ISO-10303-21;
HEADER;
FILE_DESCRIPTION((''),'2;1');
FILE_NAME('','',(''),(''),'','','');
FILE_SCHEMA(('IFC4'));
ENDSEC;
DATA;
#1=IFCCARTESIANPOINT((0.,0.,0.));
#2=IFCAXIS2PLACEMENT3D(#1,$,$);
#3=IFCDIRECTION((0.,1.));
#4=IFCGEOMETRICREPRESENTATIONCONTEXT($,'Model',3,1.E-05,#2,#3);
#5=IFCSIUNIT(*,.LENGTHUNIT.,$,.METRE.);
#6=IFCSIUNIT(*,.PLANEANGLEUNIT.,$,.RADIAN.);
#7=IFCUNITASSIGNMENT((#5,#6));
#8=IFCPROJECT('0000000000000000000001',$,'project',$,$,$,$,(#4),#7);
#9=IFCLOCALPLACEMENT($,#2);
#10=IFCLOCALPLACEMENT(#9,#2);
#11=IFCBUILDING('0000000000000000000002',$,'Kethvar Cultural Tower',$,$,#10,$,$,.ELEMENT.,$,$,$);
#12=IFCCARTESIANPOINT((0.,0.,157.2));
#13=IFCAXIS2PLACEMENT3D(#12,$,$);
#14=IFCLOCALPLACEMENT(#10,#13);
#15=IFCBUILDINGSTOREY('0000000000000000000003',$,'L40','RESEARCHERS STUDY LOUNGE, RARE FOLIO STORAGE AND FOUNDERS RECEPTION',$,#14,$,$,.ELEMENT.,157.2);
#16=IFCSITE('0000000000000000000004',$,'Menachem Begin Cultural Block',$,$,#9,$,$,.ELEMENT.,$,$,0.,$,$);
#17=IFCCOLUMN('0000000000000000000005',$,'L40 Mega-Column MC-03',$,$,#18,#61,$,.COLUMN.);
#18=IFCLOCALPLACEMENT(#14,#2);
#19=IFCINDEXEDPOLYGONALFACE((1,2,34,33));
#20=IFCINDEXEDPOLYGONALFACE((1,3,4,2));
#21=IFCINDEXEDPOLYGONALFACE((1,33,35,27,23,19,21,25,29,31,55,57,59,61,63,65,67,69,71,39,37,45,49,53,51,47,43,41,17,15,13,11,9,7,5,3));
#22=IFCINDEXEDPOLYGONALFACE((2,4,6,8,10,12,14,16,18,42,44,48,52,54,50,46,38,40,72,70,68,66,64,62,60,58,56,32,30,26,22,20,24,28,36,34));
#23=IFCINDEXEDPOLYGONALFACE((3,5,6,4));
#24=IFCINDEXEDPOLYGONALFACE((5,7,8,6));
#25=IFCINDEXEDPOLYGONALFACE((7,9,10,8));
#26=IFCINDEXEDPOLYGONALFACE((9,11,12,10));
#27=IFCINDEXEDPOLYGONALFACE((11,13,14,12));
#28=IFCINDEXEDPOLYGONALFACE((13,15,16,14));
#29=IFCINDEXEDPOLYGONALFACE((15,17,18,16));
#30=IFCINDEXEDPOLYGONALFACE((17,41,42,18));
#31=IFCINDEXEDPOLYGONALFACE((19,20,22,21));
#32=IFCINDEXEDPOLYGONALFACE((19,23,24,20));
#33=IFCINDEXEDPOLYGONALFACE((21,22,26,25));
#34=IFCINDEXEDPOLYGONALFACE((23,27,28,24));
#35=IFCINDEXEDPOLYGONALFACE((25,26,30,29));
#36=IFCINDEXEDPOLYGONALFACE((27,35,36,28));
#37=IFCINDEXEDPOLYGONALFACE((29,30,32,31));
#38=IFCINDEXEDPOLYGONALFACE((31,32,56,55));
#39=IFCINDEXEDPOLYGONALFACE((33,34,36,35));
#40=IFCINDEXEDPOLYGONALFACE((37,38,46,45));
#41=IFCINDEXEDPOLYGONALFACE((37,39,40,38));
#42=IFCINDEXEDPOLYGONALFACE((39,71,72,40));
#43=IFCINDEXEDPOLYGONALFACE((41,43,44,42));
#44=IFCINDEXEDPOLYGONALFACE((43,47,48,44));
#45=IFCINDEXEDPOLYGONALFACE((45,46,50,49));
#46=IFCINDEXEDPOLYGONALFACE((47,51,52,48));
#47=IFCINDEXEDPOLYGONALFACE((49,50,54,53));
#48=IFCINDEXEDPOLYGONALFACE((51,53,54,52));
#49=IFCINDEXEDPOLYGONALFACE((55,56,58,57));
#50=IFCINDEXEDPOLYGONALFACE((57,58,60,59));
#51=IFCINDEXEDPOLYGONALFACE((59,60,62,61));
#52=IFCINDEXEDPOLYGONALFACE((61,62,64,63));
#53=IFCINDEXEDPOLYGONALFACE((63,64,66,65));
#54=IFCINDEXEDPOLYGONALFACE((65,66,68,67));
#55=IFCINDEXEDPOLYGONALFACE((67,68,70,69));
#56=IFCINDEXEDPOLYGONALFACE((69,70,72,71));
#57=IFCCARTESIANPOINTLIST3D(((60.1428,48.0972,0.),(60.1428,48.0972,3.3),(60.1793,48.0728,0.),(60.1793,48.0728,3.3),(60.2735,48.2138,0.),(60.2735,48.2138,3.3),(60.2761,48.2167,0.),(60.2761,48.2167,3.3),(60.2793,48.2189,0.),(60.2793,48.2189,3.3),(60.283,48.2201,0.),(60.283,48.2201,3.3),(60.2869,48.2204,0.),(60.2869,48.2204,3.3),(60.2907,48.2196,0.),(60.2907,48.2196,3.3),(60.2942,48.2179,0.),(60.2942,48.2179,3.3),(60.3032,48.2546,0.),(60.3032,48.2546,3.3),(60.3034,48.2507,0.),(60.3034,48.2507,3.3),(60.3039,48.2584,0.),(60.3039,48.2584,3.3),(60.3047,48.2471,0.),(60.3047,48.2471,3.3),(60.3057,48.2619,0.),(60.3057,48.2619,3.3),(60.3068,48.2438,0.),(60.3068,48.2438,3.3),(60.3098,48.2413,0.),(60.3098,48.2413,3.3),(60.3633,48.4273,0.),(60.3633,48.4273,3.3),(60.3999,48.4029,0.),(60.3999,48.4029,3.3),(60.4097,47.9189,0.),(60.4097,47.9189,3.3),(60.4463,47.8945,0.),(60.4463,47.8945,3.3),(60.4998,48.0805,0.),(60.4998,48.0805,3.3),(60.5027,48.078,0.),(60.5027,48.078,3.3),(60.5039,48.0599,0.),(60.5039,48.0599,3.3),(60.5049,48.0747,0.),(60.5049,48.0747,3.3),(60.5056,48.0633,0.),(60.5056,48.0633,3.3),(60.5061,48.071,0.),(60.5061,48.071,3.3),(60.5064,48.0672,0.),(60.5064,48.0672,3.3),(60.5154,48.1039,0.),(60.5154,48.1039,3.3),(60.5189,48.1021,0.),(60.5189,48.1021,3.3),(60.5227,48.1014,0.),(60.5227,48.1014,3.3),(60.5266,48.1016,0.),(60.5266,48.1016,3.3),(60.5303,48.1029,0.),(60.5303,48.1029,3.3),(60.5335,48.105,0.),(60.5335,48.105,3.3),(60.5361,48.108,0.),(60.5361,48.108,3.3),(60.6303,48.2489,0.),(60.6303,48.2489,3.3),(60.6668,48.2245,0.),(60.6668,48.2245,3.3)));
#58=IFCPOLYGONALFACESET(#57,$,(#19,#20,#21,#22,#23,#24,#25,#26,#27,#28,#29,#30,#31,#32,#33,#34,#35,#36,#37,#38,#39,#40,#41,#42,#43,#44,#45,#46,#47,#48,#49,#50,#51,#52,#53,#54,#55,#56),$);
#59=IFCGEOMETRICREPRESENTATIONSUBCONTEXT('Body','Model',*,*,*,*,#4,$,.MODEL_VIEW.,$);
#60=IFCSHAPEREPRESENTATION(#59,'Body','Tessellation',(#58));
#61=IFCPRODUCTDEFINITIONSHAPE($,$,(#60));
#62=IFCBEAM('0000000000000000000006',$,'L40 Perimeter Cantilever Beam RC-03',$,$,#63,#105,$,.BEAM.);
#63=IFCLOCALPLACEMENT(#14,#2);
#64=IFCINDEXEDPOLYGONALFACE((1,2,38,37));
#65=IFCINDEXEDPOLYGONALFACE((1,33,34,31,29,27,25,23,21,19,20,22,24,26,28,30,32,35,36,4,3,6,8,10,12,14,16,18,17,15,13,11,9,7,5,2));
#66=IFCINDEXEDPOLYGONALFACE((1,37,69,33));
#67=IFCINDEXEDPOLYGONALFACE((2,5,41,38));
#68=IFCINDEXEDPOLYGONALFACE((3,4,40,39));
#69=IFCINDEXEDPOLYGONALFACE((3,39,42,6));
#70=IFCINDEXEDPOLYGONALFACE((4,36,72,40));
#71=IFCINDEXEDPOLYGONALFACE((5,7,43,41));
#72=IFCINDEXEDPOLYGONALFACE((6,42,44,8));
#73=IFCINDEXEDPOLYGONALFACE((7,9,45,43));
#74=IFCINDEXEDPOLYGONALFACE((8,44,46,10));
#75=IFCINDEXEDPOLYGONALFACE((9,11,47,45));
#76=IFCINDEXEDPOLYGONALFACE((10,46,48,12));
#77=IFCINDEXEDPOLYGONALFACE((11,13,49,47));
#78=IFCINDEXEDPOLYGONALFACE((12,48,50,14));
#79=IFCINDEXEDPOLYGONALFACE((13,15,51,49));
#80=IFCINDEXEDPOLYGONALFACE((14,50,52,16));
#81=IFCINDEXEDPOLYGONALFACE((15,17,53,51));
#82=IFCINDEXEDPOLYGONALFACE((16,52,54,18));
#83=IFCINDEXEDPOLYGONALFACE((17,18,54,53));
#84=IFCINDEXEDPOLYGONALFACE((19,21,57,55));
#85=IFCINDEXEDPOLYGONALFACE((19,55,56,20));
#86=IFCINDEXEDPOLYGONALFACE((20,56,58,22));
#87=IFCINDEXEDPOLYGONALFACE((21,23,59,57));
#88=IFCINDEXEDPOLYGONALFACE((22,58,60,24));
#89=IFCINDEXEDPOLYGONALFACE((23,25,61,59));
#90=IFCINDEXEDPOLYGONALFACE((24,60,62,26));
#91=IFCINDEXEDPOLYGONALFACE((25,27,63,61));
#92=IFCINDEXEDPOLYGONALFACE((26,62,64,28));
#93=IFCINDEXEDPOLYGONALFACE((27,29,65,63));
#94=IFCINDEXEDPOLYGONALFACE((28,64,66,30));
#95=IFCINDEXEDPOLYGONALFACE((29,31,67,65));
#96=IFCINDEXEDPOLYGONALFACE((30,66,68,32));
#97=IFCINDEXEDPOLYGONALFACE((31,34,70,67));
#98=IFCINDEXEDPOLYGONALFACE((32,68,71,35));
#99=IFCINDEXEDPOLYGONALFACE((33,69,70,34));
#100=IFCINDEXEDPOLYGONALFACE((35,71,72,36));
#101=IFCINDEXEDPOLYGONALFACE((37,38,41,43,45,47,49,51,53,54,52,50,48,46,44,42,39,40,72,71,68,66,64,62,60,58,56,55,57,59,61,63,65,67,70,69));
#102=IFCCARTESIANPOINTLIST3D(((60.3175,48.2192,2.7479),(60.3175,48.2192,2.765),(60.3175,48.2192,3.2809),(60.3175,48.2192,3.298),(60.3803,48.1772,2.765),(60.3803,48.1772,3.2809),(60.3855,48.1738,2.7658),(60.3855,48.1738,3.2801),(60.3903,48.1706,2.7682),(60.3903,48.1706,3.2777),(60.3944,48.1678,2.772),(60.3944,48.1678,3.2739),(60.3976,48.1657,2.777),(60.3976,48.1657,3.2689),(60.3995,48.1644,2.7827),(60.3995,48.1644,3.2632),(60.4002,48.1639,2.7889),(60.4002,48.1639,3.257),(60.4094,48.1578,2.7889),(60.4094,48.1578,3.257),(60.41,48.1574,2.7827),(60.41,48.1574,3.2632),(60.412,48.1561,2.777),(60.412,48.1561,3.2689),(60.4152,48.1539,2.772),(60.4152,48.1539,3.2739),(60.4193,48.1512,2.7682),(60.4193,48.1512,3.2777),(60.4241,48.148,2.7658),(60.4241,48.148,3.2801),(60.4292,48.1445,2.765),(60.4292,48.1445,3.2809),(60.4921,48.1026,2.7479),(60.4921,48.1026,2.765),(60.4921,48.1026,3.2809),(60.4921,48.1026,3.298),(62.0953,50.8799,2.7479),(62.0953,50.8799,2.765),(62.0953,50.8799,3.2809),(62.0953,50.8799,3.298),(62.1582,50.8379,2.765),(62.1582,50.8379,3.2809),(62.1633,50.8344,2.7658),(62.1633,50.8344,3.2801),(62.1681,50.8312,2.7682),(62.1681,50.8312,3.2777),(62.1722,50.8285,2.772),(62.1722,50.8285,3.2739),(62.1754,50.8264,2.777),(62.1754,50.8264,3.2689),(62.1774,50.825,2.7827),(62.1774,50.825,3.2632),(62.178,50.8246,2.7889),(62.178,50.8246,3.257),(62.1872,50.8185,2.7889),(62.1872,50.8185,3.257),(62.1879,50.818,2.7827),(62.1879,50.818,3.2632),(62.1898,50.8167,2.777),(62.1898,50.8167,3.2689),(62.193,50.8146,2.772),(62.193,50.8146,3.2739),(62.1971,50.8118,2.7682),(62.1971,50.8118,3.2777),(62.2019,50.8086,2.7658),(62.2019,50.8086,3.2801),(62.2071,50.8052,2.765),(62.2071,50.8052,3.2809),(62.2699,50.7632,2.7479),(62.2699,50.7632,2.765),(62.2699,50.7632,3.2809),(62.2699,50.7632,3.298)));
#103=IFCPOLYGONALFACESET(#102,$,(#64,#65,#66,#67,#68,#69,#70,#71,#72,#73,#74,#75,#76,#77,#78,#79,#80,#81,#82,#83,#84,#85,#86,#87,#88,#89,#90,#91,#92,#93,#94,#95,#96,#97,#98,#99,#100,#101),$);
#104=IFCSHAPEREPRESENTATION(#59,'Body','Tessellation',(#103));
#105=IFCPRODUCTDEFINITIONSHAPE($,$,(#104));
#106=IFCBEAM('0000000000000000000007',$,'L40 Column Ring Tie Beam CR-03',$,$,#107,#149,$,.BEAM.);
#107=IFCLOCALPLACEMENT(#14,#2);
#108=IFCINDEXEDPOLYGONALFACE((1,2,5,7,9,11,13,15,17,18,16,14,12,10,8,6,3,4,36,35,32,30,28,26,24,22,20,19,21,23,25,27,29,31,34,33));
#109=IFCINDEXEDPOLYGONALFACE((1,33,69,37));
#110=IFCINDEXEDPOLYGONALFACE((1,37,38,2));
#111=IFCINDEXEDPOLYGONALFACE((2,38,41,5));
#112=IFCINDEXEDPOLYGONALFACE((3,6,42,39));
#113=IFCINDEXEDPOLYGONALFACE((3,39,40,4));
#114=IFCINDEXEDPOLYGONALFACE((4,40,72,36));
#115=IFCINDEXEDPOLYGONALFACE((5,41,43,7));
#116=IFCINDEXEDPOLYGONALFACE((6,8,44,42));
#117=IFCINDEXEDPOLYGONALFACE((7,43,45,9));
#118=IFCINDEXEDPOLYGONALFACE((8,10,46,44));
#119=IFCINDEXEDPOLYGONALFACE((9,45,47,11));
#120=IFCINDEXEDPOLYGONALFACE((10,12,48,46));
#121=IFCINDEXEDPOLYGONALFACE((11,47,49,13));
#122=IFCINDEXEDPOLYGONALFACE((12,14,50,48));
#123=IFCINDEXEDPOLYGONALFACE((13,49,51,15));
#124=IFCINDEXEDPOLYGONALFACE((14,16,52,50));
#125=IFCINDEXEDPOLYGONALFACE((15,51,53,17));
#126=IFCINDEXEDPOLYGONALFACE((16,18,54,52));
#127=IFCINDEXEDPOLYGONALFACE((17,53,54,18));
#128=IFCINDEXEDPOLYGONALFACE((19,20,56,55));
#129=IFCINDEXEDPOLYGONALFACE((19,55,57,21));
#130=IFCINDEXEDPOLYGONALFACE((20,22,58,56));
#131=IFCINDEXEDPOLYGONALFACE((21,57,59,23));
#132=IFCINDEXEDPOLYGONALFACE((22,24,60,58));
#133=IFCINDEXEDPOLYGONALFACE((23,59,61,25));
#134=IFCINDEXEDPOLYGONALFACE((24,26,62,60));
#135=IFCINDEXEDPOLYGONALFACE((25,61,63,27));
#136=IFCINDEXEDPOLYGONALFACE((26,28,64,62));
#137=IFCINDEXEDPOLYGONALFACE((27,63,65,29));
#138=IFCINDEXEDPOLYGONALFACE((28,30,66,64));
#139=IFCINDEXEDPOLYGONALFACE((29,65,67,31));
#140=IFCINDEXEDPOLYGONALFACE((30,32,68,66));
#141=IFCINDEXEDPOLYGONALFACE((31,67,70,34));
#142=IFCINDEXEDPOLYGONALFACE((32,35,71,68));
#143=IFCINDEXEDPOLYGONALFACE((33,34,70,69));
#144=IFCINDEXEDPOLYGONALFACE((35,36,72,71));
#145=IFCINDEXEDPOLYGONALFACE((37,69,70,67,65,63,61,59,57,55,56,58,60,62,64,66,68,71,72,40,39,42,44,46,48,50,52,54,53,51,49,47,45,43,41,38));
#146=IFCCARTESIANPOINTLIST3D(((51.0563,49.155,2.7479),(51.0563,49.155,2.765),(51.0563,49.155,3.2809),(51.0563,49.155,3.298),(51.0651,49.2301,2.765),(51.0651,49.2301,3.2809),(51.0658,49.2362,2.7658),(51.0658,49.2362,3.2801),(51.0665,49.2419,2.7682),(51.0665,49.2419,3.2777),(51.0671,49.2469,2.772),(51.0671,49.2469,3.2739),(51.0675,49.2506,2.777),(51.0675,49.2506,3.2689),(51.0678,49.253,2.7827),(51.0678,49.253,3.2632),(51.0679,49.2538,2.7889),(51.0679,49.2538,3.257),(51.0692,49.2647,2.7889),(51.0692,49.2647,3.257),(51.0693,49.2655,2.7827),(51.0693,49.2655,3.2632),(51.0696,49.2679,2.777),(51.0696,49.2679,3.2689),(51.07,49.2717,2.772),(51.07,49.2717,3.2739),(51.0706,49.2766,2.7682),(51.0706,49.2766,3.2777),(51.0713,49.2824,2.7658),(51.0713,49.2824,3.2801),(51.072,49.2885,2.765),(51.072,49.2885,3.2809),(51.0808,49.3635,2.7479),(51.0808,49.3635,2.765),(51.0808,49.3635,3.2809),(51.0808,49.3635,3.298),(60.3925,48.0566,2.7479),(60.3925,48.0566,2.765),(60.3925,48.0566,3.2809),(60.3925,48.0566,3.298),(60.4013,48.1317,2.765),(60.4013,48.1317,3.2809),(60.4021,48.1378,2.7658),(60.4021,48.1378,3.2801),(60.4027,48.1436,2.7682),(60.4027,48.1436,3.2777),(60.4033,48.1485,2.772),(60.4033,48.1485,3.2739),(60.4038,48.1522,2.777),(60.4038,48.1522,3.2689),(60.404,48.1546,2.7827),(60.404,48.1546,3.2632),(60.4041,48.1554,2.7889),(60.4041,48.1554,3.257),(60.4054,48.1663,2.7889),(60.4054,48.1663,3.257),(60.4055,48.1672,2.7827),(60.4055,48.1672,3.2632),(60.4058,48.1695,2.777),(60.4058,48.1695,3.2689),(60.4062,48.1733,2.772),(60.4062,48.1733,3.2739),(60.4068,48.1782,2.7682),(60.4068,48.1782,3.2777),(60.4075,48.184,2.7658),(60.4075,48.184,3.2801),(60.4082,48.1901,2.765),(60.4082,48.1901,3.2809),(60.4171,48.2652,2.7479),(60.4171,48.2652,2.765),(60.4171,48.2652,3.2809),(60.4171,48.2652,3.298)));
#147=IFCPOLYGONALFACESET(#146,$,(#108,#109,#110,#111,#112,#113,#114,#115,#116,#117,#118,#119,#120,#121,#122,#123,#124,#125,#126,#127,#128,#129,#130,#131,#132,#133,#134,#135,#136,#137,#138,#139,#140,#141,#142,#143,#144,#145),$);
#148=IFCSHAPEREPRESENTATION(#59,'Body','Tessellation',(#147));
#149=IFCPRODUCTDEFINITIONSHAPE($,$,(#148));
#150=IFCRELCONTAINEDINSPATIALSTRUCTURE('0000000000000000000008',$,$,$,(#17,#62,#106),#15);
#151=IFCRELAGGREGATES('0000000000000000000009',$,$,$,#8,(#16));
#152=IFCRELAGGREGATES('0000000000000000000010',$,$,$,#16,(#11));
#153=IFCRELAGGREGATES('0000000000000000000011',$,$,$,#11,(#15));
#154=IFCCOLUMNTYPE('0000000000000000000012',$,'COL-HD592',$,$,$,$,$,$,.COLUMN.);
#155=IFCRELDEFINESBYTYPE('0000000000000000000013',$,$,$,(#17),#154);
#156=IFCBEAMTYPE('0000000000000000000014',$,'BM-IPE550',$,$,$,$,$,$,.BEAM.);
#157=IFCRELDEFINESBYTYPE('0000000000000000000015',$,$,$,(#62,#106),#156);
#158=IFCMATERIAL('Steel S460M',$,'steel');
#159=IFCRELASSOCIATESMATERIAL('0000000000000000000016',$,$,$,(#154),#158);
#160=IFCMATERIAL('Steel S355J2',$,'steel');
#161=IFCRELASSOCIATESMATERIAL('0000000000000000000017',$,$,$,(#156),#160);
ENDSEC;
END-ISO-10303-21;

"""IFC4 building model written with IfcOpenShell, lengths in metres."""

from ifc_helpers import new_model, si_unit, direction, frame, origin, origin_2d, place, context, subcontext, project, spatial, i_section, extrude, source, transform, mapped, material, material_profile, profile_set, type_object, element, save


model = new_model("IFC4")

# Units and contexts
model_context = context("Model", 3, precision=1e-05, world=origin(), true_north=direction((0.0, 1.0)))
body_context = subcontext(model_context, "Body", "Model", "MODEL_VIEW")
ifc_project = project(units=[si_unit("LENGTHUNIT", "METRE"), si_unit("PLANEANGLEUNIT", "RADIAN")], contexts=[model_context])

# Site, building, storey
site_placement = place(None, origin())
site = spatial("IfcSite", under=ifc_project, at=site_placement, Name="Menachem Begin Cultural Block", CompositionType="ELEMENT", RefElevation=0.0)
building_placement = place(site_placement, origin())
building = spatial("IfcBuilding", under=site, at=building_placement, Name="Kethvar Cultural Tower", CompositionType="ELEMENT")
storey_placement = place(building_placement, frame((0.0, 0.0, 157.2)))
storey = spatial("IfcBuildingStorey", under=building, at=storey_placement, Name="L40", Description="RESEARCHERS STUDY LOUNGE, RARE FOLIO STORAGE AND FOUNDERS RECEPTION", CompositionType="ELEMENT", Elevation=157.2)

# Column
ifc_material_1 = material(Name="Steel S460M", Category="steel")
ifc_material_profile_1 = material_profile(ifc_material_1, i_section(OverallWidth=0.397, OverallDepth=0.365, WebThickness=0.0281, FlangeThickness=0.0439, FilletRadius=0.0149, at=origin_2d()), Name="Steel S460M — HD400x592")
ifc_profile_set_1 = profile_set([ifc_material_profile_1], Name="Steel S460M — HD400x592")
column_type = type_object("IfcColumnType", Name="COL-HD592", PredefinedType="COLUMN", material=ifc_profile_set_1)
shared_shape_1 = source(origin(), body_context, "Body", "SweptSolid", [
    extrude(i_section(OverallWidth=0.397, OverallDepth=0.365, WebThickness=0.0281, FlangeThickness=0.0439, FilletRadius=0.0149, at=origin_2d()), origin(), (0.0, 0.0, 1.0), 3.3),
])
column_placement = place(storey_placement, frame((60.4048, 48.1609, 0.0), z_axis=(0.0, 0.0, 1.0), x_axis=(0.55557, 0.83147, 0.0)))
element("IfcColumn", 1, at=column_placement, inside=storey, type_object=column_type, Name="L40 Mega-Column MC-03", PredefinedType="COLUMN", context=body_context, shape_type="MappedRepresentation", body=[
    mapped(shared_shape_1, transform((0.0, 0.0, 0.0), scale=1.0)),
])

# Beams
ifc_material_2 = material(Name="Steel S355J2", Category="steel")
ifc_material_profile_2 = material_profile(ifc_material_2, i_section(OverallWidth=0.21, OverallDepth=0.55, WebThickness=0.011, FlangeThickness=0.0171, FilletRadius=0.0239, at=origin_2d()), Name="Steel S355J2 — IPE550")
ifc_profile_set_2 = profile_set([ifc_material_profile_2], Name="Steel S355J2 — IPE550")
beam_type_1 = type_object("IfcBeamType", Name="BM-IPE550", PredefinedType="BEAM", material=ifc_profile_set_2)
shared_shape_2 = source(origin(), body_context, "Body", "SweptSolid", [
    extrude(i_section(OverallWidth=0.21, OverallDepth=0.55, WebThickness=0.011, FlangeThickness=0.0171, FilletRadius=0.0239, at=origin_2d()), origin(), (0.0, 0.0, 1.0), 3.2),
])
beam_1_placement = place(storey_placement, frame((60.4048, 48.1609, 3.0229), z_axis=(0.55558, 0.831463, 0.0), x_axis=(-0.831463, 0.55558, 0.0)))
element("IfcBeam", 2, at=beam_1_placement, inside=storey, type_object=beam_type_1, Name="L40 Perimeter Cantilever Beam RC-03", PredefinedType="BEAM", context=body_context, shape_type="MappedRepresentation", body=[
    mapped(shared_shape_2, transform((0.0, 0.0, 0.0), scale=1.0)),
])
shared_shape_3 = source(origin(), body_context, "Body", "SweptSolid", [
    extrude(i_section(OverallWidth=0.21, OverallDepth=0.55, WebThickness=0.011, FlangeThickness=0.0171, FilletRadius=0.0239, at=origin_2d()), origin(), (0.0, 0.0, 1.0), 9.4006),
])
beam_2_placement = place(storey_placement, frame((60.4048, 48.1609, 3.0229), z_axis=(-0.99315, 0.116843, 0.0), x_axis=(-0.116843, -0.99315, 0.0)))
element("IfcBeam", 3, at=beam_2_placement, inside=storey, type_object=beam_type_1, Name="L40 Column Ring Tie Beam CR-03", PredefinedType="BEAM", context=body_context, shape_type="MappedRepresentation", body=[
    mapped(shared_shape_3, transform((0.0, 0.0, 0.0), scale=1.0)),
])

save(model, "model.ifc")
